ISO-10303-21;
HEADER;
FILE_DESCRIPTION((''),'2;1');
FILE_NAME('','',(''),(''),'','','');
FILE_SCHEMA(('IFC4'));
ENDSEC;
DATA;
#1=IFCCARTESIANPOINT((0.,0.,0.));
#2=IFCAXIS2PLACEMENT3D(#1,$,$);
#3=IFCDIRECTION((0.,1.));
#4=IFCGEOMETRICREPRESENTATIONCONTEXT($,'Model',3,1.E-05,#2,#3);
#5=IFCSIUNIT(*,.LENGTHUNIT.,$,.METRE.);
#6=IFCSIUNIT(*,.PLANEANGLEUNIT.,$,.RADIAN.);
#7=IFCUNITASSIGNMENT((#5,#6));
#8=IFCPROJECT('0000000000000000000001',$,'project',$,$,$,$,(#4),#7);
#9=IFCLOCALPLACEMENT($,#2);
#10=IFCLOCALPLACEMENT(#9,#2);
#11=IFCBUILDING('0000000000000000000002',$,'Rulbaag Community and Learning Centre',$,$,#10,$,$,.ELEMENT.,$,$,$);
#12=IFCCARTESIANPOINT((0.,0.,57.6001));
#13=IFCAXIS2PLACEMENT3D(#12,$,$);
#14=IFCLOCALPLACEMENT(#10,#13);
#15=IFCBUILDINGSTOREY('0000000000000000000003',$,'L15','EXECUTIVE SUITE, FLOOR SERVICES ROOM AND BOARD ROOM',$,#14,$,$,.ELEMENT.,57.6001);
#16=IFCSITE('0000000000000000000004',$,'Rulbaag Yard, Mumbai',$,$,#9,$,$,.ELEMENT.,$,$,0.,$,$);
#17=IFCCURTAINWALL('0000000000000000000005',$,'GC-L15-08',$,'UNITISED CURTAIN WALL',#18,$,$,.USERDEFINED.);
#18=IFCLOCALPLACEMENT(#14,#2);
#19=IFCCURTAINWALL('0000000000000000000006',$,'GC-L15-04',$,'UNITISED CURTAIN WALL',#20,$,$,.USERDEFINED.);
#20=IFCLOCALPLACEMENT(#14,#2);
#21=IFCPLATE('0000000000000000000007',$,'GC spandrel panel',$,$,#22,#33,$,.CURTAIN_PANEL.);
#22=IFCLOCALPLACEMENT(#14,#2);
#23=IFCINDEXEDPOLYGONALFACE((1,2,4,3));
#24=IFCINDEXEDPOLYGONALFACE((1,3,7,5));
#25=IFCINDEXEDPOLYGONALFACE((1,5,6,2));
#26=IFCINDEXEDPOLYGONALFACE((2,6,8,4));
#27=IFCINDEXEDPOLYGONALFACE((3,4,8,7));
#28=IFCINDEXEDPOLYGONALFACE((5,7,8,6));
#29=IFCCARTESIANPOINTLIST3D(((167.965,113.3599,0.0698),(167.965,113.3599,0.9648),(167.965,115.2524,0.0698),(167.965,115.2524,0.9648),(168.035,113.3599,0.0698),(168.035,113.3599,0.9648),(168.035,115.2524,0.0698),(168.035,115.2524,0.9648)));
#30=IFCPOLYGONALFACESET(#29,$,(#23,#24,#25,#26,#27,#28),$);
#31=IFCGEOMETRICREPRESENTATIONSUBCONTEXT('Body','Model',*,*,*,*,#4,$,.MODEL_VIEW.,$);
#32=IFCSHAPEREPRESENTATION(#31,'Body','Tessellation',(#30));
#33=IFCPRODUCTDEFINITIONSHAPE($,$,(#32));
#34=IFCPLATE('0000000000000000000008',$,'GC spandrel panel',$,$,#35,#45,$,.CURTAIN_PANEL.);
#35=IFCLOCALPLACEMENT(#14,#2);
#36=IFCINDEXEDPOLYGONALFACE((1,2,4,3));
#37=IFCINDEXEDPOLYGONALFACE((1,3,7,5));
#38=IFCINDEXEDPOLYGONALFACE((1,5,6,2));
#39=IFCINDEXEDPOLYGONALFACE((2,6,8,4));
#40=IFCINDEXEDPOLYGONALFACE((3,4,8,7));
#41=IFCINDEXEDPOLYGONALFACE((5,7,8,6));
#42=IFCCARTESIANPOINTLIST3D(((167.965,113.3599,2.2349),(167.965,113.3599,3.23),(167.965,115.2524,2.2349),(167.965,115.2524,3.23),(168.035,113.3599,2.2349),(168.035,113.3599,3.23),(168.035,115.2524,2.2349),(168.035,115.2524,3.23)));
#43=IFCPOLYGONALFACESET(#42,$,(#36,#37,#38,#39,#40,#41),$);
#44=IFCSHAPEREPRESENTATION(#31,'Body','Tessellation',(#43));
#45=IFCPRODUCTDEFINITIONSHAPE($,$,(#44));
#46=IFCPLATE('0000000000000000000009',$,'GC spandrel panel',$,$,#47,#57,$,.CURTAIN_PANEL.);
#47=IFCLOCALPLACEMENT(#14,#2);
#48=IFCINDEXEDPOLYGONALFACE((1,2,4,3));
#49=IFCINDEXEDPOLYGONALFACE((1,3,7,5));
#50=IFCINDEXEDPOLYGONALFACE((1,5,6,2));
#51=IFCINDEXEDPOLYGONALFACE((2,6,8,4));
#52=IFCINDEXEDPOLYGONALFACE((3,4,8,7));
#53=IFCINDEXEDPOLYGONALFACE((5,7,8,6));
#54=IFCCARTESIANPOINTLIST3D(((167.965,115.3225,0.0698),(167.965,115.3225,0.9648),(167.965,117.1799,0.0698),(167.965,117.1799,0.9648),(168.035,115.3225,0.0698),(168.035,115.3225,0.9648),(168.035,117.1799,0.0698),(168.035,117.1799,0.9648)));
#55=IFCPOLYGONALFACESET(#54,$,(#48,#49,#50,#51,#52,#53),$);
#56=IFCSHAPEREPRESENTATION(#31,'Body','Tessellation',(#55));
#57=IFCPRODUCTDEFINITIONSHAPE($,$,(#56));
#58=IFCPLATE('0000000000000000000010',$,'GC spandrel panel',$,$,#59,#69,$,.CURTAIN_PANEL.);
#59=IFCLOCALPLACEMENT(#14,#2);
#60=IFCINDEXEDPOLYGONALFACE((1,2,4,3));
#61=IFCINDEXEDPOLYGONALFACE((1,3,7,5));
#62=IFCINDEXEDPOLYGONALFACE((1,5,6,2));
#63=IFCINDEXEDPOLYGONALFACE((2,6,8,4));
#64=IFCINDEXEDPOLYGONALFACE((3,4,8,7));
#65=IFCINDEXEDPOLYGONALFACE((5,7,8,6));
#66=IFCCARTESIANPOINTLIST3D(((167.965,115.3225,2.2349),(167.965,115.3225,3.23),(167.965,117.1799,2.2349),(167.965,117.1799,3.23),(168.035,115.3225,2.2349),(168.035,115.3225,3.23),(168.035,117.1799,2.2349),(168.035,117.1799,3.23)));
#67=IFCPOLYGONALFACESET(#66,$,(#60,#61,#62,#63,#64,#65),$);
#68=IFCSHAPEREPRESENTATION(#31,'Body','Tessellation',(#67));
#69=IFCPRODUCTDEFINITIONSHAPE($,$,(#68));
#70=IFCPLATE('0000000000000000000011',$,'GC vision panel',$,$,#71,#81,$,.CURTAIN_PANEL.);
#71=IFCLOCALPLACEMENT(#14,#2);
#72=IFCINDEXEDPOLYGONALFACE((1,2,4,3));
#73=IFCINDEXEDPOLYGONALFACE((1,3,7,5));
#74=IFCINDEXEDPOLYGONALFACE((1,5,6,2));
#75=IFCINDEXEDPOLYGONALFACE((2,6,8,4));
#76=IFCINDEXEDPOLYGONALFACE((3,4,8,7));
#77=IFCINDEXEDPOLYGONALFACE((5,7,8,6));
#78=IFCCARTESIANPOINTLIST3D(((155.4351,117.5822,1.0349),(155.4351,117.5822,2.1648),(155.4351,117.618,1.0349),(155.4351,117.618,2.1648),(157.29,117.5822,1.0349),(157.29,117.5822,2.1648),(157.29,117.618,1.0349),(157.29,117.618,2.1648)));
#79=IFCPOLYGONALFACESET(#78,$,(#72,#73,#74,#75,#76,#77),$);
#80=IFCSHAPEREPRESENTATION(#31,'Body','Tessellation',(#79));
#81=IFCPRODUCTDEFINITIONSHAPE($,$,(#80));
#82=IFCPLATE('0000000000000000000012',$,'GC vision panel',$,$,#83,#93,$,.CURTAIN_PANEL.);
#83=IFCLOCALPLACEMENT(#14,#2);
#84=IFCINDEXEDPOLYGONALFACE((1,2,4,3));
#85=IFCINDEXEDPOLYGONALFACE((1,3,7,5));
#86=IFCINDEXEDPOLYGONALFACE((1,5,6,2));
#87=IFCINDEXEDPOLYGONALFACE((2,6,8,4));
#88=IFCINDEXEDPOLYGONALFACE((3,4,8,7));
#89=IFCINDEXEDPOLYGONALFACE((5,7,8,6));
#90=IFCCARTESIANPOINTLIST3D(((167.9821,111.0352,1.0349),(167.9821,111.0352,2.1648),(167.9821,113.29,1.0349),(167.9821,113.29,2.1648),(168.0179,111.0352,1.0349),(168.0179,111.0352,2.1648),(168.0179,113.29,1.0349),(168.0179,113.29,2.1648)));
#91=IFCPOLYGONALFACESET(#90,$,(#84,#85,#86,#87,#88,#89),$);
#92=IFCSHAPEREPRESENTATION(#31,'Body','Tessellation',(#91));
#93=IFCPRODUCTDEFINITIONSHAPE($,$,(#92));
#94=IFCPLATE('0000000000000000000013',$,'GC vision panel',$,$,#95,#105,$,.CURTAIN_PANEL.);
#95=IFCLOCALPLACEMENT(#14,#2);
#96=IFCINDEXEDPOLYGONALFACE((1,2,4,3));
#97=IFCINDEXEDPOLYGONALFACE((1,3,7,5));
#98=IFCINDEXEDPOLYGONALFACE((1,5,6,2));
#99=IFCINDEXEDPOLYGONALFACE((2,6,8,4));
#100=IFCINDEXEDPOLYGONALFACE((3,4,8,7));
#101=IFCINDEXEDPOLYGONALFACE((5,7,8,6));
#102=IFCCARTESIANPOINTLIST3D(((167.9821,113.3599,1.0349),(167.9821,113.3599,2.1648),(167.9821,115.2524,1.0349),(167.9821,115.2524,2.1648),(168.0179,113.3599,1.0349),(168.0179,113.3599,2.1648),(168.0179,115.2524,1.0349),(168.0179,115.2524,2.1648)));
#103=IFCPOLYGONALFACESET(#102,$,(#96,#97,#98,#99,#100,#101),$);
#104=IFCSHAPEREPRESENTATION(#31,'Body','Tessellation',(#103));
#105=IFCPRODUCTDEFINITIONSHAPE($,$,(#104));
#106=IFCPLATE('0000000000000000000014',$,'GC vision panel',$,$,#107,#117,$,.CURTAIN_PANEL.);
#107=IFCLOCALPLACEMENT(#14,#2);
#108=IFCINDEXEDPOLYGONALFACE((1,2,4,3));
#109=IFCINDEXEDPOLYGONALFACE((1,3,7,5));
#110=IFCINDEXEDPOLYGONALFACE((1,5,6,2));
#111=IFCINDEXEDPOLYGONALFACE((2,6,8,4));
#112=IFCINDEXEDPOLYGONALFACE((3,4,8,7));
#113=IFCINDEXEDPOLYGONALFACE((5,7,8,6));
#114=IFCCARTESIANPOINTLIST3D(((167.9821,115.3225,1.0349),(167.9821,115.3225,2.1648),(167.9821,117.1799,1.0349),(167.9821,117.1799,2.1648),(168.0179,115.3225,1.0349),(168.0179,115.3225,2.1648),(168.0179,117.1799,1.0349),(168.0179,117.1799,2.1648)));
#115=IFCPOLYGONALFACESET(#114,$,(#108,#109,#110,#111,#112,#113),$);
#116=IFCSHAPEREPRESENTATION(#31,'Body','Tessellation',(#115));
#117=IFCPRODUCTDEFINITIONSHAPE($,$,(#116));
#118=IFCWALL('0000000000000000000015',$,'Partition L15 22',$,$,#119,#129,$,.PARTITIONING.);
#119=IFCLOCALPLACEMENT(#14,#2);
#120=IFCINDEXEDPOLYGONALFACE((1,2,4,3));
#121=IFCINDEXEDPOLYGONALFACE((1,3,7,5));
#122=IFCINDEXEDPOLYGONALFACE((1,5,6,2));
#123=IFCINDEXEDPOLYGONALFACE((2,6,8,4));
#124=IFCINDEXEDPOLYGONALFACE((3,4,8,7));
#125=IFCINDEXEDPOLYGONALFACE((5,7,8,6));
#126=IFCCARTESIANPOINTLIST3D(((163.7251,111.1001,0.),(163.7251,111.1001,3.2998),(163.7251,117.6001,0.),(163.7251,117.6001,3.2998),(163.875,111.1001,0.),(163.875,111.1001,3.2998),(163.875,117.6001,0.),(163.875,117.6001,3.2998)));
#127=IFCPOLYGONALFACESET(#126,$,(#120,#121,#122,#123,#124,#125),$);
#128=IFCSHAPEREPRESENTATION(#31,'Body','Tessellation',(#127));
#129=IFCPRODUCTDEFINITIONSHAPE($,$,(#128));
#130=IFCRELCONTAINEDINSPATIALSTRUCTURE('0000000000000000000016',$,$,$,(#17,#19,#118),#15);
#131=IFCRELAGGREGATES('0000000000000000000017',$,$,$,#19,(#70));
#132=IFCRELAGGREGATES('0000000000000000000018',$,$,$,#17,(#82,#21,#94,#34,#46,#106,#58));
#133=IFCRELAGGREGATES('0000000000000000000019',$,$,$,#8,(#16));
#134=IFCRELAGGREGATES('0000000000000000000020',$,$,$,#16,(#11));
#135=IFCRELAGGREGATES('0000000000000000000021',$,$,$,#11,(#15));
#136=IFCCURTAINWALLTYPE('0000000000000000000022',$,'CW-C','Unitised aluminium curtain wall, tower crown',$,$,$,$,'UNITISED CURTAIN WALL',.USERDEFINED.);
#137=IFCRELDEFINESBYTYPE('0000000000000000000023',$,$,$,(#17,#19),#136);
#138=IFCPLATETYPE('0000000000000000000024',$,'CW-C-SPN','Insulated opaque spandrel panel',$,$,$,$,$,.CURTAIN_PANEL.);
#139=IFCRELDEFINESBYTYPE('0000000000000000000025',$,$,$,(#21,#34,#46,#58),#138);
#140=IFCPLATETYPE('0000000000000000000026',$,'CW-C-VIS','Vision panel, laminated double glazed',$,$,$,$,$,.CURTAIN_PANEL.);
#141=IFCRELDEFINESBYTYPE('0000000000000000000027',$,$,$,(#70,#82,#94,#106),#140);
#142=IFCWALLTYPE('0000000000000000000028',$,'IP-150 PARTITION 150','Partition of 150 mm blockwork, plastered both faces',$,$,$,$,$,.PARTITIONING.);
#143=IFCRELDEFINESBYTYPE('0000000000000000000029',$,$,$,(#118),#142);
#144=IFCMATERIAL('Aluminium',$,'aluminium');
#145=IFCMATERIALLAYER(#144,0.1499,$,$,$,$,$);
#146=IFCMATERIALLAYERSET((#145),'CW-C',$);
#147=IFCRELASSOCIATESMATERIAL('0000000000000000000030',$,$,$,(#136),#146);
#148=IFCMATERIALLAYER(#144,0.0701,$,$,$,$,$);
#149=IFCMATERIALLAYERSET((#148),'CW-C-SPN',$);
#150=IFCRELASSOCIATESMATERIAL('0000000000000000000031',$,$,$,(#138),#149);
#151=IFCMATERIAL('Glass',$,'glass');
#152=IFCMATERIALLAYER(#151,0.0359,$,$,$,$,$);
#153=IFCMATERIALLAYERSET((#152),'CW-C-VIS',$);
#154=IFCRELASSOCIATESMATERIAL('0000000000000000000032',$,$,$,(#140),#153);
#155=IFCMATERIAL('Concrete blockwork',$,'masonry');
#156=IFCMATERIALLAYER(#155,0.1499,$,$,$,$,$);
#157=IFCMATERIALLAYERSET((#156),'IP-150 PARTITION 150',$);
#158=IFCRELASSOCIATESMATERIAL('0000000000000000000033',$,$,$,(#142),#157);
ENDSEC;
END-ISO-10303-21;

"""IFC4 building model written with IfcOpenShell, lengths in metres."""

from ifc_helpers import new_model, si_unit, direction, frame, frame_2d, origin, origin_2d, place, context, subcontext, project, spatial, rectangle, extrude, material, layer, layer_set, type_object, element, aggregate, save


model = new_model("IFC4")

# Units and contexts
model_context = context("Model", 3, precision=1e-05, world=origin(), true_north=direction((0.0, 1.0)))
body_context = subcontext(model_context, "Body", "Model", "MODEL_VIEW")
ifc_project = project(units=[si_unit("LENGTHUNIT", "METRE"), si_unit("PLANEANGLEUNIT", "RADIAN")], contexts=[model_context])

# Site, building, storey
site_placement = place(None, origin())
site = spatial("IfcSite", under=ifc_project, at=site_placement, Name="Rulbaag Yard, Mumbai", CompositionType="ELEMENT", RefElevation=0.0)
building_placement = place(site_placement, origin())
building = spatial("IfcBuilding", under=site, at=building_placement, Name="Rulbaag Community and Learning Centre", CompositionType="ELEMENT")
storey_placement = place(building_placement, frame((0.0, 0.0, 57.6001)))
storey = spatial("IfcBuildingStorey", under=building, at=storey_placement, Name="L15", Description="EXECUTIVE SUITE, FLOOR SERVICES ROOM AND BOARD ROOM", CompositionType="ELEMENT", Elevation=57.6001)

# Curtain wall
ifc_material_1 = material(Name="Aluminium", Category="aluminium")
ifc_layer_1 = layer(ifc_material_1, 0.1499)
ifc_layer_set_1 = layer_set([ifc_layer_1], Name="CW-C")
curtain_wall_type = type_object("IfcCurtainWallType", Name="CW-C", Description="Unitised aluminium curtain wall, tower crown", ElementType="UNITISED CURTAIN WALL", PredefinedType="USERDEFINED", material=ifc_layer_set_1)
curtain_wall_1_placement = place(storey_placement, origin())
curtain_wall_1 = element("IfcCurtainWall", 1, at=curtain_wall_1_placement, inside=storey, type_object=curtain_wall_type, Name="GC-L15-08", ObjectType="UNITISED CURTAIN WALL", PredefinedType="USERDEFINED")

# Curtain wall
curtain_wall_2_placement = place(storey_placement, origin())
curtain_wall_2 = element("IfcCurtainWall", 2, at=curtain_wall_2_placement, inside=storey, type_object=curtain_wall_type, Name="GC-L15-04", ObjectType="UNITISED CURTAIN WALL", PredefinedType="USERDEFINED")
ifc_layer_2 = layer(ifc_material_1, 0.0701)
ifc_layer_set_2 = layer_set([ifc_layer_2], Name="CW-C-SPN")
plate_type_1 = type_object("IfcPlateType", Name="CW-C-SPN", Description="Insulated opaque spandrel panel", PredefinedType="CURTAIN_PANEL", material=ifc_layer_set_2)

# Plates
plate_1_placement = place(storey_placement, frame((168.0, 114.3062, 0.0698), z_axis=(0.0, 0.0, 1.0), x_axis=(0.0, 1.0, 0.0)))
plate_1 = element("IfcPlate", 3, at=plate_1_placement, type_object=plate_type_1, Name="GC spandrel panel", PredefinedType="CURTAIN_PANEL", context=body_context, shape_type="SweptSolid", body=[
    extrude(rectangle(XDim=1.8926, YDim=0.0701, at=origin_2d()), origin(), (0.0, 0.0, 1.0), 0.895),
])
plate_2_placement = place(storey_placement, frame((168.0, 114.3062, 2.2349), z_axis=(0.0, 0.0, 1.0), x_axis=(0.0, 1.0, 0.0)))
plate_2 = element("IfcPlate", 4, at=plate_2_placement, type_object=plate_type_1, Name="GC spandrel panel", PredefinedType="CURTAIN_PANEL", context=body_context, shape_type="SweptSolid", body=[
    extrude(rectangle(XDim=1.8926, YDim=0.0701, at=origin_2d()), origin(), (0.0, 0.0, 1.0), 0.9951),
])
plate_3_placement = place(storey_placement, frame((168.0, 116.2512, 0.0698), z_axis=(0.0, 0.0, 1.0), x_axis=(0.0, 1.0, 0.0)))
plate_3 = element("IfcPlate", 5, at=plate_3_placement, type_object=plate_type_1, Name="GC spandrel panel", PredefinedType="CURTAIN_PANEL", context=body_context, shape_type="SweptSolid", body=[
    extrude(rectangle(XDim=1.8574, YDim=0.0701, at=origin_2d()), origin(), (0.0, 0.0, 1.0), 0.895),
])
plate_4_placement = place(storey_placement, frame((168.0, 116.2512, 2.2349), z_axis=(0.0, 0.0, 1.0), x_axis=(0.0, 1.0, 0.0)))
plate_4 = element("IfcPlate", 6, at=plate_4_placement, type_object=plate_type_1, Name="GC spandrel panel", PredefinedType="CURTAIN_PANEL", context=body_context, shape_type="SweptSolid", body=[
    extrude(rectangle(XDim=1.8574, YDim=0.0701, at=origin_2d()), origin(), (0.0, 0.0, 1.0), 0.9951),
])
ifc_material_2 = material(Name="Glass", Category="glass")
ifc_layer_3 = layer(ifc_material_2, 0.0359)
ifc_layer_set_3 = layer_set([ifc_layer_3], Name="CW-C-VIS")
plate_type_2 = type_object("IfcPlateType", Name="CW-C-VIS", Description="Vision panel, laminated double glazed", PredefinedType="CURTAIN_PANEL", material=ifc_layer_set_3)
plate_5_placement = place(storey_placement, frame((156.3625, 117.6001, 1.0349), z_axis=(0.0, 0.0, 1.0), x_axis=(1.0, 0.0, 0.0)))
plate_5 = element("IfcPlate", 7, at=plate_5_placement, type_object=plate_type_2, Name="GC vision panel", PredefinedType="CURTAIN_PANEL", context=body_context, shape_type="SweptSolid", body=[
    extrude(rectangle(XDim=1.855, YDim=0.0359, at=origin_2d()), origin(), (0.0, 0.0, 1.0), 1.1299),
])
aggregate(curtain_wall_2, [plate_5])
plate_6_placement = place(storey_placement, frame((168.0, 112.1626, 1.0349), z_axis=(0.0, 0.0, 1.0), x_axis=(0.0, 1.0, 0.0)))
plate_6 = element("IfcPlate", 8, at=plate_6_placement, type_object=plate_type_2, Name="GC vision panel", PredefinedType="CURTAIN_PANEL", context=body_context, shape_type="SweptSolid", body=[
    extrude(rectangle(XDim=2.2549, YDim=0.0359, at=origin_2d()), origin(), (0.0, 0.0, 1.0), 1.1299),
])
plate_7_placement = place(storey_placement, frame((168.0, 114.3062, 1.0349), z_axis=(0.0, 0.0, 1.0), x_axis=(0.0, 1.0, 0.0)))
plate_7 = element("IfcPlate", 9, at=plate_7_placement, type_object=plate_type_2, Name="GC vision panel", PredefinedType="CURTAIN_PANEL", context=body_context, shape_type="SweptSolid", body=[
    extrude(rectangle(XDim=1.8926, YDim=0.0359, at=origin_2d()), origin(), (0.0, 0.0, 1.0), 1.1299),
])
plate_8_placement = place(storey_placement, frame((168.0, 116.2512, 1.0349), z_axis=(0.0, 0.0, 1.0), x_axis=(0.0, 1.0, 0.0)))
plate_8 = element("IfcPlate", 10, at=plate_8_placement, type_object=plate_type_2, Name="GC vision panel", PredefinedType="CURTAIN_PANEL", context=body_context, shape_type="SweptSolid", body=[
    extrude(rectangle(XDim=1.8574, YDim=0.0359, at=origin_2d()), origin(), (0.0, 0.0, 1.0), 1.1299),
])
aggregate(curtain_wall_1, [plate_6, plate_1, plate_7, plate_2, plate_3, plate_8, plate_4])

# Wall
ifc_material_3 = material(Name="Concrete blockwork", Category="masonry")
ifc_layer_4 = layer(ifc_material_3, 0.1499)
ifc_layer_set_4 = layer_set([ifc_layer_4], Name="IP-150 PARTITION 150")
wall_type = type_object("IfcWallType", Name="IP-150 PARTITION 150", Description="Partition of 150 mm blockwork, plastered both faces", PredefinedType="PARTITIONING", material=ifc_layer_set_4)
wall_placement = place(storey_placement, frame((163.8, 111.1001, 0.0), z_axis=(0.0, 0.0, 1.0), x_axis=(0.0, 1.0, 0.0)))
element("IfcWall", 11, at=wall_placement, inside=storey, type_object=wall_type, Name="Partition L15 22", PredefinedType="PARTITIONING", context=body_context, shape_type="SweptSolid", body=[
    extrude(rectangle(XDim=6.5, YDim=0.1499, at=frame_2d((3.25, 0.0))), origin(), (0.0, 0.0, 1.0), 3.2998),
])

save(model, "model.ifc")
